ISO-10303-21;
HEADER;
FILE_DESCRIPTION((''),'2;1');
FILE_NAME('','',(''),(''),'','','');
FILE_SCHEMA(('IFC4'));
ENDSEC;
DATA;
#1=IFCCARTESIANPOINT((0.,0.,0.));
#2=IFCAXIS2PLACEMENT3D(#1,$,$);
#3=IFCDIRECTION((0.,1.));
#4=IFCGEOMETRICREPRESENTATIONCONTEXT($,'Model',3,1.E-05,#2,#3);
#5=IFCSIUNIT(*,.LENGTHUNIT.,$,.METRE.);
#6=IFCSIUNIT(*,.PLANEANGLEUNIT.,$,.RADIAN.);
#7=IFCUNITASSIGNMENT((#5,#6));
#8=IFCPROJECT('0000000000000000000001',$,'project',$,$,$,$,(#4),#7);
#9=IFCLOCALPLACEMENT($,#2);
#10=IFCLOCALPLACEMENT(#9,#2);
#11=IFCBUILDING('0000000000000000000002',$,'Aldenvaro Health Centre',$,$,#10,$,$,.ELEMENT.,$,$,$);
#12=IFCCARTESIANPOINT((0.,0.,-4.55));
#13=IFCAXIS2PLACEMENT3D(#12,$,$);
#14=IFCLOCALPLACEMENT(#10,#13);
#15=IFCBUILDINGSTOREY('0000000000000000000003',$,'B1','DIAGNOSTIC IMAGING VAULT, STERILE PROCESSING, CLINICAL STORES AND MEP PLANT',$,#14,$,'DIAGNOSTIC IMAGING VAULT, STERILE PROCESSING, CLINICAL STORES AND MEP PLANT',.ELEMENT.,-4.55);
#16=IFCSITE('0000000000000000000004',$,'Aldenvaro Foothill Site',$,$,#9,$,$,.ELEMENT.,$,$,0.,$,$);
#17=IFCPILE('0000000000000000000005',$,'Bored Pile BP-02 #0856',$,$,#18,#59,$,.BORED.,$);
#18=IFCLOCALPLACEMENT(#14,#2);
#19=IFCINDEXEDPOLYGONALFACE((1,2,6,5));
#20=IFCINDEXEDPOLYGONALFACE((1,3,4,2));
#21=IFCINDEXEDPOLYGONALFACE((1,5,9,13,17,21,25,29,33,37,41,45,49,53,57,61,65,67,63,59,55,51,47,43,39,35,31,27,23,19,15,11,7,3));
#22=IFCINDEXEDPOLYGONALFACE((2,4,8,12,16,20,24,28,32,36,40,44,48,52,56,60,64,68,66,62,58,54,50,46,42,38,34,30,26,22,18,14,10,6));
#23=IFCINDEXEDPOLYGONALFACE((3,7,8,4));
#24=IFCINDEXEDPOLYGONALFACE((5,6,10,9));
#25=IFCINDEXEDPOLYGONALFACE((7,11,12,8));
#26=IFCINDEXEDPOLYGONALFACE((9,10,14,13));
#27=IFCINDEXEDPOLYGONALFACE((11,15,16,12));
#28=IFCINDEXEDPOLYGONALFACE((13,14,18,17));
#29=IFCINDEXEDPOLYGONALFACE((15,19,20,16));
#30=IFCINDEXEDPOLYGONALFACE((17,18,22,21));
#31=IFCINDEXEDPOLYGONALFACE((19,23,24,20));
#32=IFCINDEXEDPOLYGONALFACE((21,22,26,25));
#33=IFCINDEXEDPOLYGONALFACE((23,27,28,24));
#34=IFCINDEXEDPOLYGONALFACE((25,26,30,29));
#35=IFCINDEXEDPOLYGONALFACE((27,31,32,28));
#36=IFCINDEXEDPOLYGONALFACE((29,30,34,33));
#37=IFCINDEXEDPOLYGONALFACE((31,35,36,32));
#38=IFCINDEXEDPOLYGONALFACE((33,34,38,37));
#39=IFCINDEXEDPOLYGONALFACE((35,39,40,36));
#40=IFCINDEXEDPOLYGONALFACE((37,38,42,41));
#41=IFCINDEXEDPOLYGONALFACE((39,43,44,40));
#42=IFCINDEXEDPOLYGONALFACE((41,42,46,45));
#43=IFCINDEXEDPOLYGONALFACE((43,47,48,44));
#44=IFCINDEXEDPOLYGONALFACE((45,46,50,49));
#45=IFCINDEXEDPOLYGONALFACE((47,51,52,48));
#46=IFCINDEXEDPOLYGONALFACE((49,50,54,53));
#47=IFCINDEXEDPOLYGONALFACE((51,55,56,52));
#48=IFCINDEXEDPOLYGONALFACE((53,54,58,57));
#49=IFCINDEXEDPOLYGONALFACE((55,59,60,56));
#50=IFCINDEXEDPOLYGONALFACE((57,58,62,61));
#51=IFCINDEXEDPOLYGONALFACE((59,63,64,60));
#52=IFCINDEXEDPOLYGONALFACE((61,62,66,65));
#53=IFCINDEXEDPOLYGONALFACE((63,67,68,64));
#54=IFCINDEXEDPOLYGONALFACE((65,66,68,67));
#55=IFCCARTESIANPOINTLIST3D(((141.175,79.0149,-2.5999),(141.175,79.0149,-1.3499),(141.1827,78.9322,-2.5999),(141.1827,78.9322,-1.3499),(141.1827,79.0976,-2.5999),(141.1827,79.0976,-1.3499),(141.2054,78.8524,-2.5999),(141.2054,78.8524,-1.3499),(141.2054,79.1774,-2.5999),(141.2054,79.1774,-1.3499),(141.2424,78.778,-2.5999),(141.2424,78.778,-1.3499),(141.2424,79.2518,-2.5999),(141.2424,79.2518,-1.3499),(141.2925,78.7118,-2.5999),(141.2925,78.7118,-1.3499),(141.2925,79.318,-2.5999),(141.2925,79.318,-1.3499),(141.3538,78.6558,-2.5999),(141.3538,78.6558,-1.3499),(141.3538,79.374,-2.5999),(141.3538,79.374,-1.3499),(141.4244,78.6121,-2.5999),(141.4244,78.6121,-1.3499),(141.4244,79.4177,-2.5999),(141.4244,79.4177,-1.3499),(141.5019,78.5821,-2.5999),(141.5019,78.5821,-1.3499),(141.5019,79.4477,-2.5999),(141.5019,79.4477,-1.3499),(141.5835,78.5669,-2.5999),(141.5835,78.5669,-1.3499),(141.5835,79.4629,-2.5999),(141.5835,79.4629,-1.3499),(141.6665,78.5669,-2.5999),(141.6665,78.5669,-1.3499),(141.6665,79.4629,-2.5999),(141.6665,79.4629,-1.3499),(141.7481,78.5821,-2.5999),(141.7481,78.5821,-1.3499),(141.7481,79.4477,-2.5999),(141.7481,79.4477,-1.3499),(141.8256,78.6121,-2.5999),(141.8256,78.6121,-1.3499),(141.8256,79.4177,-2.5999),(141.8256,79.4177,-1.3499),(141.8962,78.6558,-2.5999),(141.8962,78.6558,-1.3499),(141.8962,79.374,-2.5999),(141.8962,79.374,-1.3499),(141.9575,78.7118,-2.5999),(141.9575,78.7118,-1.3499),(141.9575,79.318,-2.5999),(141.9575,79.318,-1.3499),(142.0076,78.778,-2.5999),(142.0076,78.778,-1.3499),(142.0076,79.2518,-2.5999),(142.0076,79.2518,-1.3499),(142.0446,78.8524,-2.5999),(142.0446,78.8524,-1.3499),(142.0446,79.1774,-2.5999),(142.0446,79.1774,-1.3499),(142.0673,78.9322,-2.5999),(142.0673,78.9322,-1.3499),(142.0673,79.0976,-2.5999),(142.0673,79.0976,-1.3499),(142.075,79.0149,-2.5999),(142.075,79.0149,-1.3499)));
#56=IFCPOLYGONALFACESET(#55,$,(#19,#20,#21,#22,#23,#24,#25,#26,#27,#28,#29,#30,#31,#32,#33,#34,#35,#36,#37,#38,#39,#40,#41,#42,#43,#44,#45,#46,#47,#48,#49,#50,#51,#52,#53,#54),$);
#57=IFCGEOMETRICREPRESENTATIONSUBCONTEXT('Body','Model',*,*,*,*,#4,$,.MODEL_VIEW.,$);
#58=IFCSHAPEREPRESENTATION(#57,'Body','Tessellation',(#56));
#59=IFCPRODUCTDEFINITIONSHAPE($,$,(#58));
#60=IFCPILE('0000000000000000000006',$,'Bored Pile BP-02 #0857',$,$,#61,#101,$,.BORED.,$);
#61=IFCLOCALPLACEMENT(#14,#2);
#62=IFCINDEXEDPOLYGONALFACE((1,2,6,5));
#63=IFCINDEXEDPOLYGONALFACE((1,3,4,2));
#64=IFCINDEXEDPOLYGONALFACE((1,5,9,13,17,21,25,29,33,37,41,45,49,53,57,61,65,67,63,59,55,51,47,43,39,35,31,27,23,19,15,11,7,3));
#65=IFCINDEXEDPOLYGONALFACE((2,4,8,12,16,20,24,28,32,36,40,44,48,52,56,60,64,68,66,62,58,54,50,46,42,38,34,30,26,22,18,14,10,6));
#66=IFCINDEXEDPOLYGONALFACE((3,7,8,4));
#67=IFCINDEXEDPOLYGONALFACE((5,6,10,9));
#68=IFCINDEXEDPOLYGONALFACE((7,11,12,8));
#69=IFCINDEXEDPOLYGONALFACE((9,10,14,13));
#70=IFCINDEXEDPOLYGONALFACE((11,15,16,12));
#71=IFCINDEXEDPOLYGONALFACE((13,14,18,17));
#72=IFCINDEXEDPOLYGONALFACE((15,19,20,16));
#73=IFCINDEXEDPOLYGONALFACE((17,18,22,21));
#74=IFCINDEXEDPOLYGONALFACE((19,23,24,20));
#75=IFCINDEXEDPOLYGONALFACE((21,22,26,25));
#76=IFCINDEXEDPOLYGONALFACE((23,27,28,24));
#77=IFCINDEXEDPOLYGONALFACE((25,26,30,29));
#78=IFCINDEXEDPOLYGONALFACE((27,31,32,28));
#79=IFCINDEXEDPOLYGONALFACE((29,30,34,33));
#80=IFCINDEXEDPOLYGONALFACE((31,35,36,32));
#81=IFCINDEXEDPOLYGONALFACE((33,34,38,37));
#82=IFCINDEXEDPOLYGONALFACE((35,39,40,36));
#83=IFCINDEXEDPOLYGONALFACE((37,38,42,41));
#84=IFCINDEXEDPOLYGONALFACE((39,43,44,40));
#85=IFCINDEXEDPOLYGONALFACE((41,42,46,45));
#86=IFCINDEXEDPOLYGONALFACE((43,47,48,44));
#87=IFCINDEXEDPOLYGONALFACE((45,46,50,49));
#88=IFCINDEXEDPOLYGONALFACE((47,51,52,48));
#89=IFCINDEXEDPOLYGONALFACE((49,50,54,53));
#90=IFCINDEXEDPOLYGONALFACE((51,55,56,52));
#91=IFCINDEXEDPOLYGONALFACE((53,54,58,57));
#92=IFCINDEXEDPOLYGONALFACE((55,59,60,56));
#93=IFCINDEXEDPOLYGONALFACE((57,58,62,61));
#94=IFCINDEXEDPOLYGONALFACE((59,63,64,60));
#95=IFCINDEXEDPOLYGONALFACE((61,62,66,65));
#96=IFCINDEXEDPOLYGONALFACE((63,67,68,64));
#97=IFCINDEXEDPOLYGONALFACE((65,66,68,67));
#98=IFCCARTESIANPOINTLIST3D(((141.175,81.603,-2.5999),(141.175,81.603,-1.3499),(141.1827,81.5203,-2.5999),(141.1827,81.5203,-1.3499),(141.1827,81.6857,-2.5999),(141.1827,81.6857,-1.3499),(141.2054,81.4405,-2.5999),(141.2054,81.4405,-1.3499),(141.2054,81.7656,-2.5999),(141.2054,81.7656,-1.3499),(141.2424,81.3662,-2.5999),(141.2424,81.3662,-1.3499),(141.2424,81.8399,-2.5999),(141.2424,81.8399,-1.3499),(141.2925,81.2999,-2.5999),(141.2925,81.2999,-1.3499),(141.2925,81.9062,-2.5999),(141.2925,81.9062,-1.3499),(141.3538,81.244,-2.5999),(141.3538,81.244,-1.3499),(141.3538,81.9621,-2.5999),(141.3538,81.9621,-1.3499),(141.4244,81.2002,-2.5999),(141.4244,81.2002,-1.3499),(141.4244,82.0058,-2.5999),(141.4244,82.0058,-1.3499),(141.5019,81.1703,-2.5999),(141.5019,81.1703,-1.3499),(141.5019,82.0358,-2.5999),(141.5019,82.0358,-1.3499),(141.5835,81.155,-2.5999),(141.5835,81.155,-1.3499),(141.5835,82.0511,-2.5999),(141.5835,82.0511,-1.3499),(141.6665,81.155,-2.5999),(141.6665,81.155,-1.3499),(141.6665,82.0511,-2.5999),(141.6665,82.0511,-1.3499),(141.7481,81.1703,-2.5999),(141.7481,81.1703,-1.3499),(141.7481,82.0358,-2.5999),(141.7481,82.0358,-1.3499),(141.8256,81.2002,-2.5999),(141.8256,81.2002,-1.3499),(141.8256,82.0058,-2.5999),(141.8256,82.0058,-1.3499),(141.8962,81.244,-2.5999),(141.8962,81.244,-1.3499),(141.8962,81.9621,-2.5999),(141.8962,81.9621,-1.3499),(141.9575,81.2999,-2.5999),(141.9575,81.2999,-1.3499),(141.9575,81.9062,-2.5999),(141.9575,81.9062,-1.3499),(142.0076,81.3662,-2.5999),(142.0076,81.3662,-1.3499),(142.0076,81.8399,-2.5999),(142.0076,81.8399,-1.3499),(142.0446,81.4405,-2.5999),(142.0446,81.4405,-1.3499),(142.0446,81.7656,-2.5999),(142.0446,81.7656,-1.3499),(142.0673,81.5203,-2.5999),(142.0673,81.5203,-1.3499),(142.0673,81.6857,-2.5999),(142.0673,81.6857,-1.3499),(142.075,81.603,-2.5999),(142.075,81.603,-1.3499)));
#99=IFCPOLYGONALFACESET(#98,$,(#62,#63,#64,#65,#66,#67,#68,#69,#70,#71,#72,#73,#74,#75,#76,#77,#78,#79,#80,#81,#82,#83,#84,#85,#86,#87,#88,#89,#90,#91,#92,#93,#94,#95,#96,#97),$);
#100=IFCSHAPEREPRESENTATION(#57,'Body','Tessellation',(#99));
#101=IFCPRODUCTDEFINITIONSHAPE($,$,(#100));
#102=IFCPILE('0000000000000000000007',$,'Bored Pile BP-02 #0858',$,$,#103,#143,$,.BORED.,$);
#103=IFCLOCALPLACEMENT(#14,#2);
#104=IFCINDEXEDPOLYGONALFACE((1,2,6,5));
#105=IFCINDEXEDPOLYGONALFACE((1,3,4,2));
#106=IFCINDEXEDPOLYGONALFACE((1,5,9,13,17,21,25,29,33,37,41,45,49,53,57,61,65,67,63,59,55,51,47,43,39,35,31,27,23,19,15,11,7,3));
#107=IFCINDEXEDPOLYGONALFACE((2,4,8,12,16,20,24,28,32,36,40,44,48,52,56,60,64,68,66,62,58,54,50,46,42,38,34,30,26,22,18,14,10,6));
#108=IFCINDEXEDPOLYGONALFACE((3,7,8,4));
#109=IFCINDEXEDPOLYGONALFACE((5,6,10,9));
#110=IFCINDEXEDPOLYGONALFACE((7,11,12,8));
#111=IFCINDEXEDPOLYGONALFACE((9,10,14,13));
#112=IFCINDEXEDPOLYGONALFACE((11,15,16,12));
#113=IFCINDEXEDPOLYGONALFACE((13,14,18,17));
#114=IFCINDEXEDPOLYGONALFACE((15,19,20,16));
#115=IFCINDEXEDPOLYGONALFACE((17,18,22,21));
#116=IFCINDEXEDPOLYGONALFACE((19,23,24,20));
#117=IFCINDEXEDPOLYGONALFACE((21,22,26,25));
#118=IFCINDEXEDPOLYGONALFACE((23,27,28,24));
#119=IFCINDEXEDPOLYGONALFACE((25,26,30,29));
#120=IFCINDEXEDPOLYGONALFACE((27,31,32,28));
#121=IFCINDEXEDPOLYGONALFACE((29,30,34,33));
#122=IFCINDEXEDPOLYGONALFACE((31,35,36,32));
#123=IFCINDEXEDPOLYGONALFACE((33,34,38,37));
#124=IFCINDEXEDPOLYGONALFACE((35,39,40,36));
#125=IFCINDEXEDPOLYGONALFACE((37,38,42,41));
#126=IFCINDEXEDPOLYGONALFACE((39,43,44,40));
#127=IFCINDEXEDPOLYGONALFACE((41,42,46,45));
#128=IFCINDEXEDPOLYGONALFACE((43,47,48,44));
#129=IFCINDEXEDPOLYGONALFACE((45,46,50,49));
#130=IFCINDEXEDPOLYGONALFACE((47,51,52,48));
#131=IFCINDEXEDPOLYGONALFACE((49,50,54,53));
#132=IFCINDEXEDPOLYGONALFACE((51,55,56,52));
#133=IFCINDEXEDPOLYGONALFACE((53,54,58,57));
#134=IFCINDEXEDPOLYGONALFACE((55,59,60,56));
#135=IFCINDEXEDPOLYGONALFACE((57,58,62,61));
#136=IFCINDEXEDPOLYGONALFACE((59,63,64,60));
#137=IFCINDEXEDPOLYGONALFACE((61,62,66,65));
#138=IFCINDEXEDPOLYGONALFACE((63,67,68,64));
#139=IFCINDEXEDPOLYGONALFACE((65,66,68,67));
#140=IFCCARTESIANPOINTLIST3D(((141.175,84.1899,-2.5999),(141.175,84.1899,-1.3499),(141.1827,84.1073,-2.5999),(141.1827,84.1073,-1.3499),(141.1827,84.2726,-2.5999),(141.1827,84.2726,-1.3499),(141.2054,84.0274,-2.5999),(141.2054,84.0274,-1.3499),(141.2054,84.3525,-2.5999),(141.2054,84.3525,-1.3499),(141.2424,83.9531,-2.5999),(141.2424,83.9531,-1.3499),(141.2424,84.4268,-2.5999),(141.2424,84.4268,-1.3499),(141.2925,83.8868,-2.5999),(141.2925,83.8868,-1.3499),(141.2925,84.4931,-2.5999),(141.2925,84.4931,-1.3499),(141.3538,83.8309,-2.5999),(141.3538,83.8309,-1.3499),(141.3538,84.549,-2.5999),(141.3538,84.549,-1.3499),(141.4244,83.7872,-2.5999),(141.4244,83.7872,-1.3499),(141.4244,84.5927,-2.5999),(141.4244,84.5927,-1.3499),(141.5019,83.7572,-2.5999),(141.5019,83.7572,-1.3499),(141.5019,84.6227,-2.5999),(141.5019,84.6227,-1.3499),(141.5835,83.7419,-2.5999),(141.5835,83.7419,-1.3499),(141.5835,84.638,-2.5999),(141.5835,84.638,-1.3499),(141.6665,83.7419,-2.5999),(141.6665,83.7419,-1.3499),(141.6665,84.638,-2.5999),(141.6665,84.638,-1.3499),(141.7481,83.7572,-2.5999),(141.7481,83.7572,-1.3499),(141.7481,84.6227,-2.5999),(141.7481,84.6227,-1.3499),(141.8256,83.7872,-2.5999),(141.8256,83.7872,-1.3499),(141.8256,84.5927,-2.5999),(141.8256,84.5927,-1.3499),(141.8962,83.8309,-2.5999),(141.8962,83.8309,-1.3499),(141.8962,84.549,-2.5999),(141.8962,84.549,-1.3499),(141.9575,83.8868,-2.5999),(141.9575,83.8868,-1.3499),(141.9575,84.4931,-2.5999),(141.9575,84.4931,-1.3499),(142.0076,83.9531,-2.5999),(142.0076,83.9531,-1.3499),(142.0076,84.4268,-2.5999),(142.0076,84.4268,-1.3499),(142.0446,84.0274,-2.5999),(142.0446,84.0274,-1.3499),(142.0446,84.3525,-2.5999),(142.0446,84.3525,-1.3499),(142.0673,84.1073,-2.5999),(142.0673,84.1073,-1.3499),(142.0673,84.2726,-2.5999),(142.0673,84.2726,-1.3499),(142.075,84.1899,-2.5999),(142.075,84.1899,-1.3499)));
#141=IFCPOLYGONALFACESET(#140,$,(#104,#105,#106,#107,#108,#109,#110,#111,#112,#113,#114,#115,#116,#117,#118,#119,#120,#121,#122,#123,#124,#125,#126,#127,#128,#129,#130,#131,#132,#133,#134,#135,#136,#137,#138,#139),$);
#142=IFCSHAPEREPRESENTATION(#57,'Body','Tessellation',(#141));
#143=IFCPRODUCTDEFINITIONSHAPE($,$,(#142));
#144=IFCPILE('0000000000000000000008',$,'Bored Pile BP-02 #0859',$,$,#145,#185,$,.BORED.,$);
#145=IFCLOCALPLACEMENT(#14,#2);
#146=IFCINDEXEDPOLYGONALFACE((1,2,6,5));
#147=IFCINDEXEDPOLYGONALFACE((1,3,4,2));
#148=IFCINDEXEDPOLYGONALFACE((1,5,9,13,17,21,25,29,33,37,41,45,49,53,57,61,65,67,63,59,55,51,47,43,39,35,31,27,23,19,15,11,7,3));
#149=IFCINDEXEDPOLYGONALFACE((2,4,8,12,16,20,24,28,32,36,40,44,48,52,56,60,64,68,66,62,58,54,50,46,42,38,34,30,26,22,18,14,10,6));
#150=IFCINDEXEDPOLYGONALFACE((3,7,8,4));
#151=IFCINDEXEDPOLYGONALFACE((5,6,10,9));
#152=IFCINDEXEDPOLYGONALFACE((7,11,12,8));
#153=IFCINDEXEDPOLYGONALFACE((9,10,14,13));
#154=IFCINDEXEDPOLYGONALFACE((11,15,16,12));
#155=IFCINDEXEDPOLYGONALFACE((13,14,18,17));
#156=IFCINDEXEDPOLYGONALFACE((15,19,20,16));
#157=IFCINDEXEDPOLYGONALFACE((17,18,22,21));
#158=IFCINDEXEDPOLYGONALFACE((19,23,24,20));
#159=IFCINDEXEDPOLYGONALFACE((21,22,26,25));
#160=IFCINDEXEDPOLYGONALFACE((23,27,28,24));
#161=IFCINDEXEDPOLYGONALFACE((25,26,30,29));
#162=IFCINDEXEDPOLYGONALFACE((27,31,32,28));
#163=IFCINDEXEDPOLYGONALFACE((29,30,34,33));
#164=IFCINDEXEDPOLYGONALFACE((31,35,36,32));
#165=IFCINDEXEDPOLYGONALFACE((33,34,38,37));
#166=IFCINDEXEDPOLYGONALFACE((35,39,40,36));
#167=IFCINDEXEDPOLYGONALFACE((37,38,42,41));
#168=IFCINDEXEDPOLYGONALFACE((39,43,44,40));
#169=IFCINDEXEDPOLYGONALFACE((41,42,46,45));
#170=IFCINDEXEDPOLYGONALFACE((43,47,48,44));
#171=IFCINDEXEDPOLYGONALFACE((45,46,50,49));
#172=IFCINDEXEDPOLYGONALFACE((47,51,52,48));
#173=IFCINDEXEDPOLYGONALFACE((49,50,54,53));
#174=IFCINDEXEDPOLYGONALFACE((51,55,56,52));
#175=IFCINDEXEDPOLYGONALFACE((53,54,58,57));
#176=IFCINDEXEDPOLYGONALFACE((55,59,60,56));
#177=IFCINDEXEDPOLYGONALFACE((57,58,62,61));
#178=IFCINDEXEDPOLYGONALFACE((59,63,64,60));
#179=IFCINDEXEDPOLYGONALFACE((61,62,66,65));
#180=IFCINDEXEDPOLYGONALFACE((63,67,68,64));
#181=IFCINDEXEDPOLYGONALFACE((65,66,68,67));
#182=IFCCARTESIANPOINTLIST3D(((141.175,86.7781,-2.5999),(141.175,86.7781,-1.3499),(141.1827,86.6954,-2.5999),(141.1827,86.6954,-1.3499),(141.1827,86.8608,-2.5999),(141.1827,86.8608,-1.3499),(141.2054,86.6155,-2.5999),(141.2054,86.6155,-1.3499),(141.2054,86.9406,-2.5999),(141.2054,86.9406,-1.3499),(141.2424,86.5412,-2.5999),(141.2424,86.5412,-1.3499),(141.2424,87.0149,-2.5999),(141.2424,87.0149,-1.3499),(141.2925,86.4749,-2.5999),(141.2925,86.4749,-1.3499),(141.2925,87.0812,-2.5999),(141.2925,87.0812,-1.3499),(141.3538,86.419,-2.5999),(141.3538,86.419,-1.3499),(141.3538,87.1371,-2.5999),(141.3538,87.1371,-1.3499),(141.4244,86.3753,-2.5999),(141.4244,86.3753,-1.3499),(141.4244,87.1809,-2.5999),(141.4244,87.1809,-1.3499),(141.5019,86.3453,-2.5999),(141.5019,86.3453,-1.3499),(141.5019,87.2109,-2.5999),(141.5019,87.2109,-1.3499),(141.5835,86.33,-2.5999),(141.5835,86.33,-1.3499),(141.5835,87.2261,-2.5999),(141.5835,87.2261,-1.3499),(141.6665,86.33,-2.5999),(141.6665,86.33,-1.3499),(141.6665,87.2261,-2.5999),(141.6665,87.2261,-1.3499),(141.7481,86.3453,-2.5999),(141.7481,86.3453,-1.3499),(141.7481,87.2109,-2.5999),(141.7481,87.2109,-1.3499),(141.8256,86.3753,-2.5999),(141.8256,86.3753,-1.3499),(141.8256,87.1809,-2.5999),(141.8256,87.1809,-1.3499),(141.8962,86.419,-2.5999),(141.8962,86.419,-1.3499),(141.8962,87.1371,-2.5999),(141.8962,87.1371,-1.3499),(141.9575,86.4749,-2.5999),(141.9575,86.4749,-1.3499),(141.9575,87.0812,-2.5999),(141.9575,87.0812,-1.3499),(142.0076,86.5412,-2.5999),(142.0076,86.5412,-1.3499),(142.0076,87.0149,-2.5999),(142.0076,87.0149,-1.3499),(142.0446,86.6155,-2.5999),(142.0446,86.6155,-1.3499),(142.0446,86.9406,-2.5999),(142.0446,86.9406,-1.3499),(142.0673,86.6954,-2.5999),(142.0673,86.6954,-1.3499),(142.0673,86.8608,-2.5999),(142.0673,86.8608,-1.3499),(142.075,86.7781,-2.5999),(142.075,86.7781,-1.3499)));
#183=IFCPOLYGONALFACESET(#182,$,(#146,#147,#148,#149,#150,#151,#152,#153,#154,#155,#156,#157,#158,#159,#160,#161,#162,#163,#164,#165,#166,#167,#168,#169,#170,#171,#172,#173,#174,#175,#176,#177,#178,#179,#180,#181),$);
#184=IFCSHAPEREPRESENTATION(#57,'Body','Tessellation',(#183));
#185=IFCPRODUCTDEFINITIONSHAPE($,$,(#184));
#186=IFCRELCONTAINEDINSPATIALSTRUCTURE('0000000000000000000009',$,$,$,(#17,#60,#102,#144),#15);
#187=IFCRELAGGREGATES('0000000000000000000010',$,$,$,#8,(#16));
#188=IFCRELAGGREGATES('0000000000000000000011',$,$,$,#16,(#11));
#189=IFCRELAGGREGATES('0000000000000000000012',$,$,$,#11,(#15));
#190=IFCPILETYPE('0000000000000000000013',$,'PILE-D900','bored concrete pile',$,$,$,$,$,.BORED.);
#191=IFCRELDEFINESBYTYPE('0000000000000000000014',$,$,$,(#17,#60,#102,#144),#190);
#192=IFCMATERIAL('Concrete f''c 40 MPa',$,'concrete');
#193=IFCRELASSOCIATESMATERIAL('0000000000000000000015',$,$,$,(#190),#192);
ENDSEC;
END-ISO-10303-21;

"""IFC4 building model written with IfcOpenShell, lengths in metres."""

from ifc_helpers import new_model, si_unit, direction, frame, origin, origin_2d, place, context, subcontext, project, spatial, circle, extrude, material, material_profile, profile_set, type_object, element, save


model = new_model("IFC4")

# Units and contexts
model_context = context("Model", 3, precision=1e-05, world=origin(), true_north=direction((0.0, 1.0)))
body_context = subcontext(model_context, "Body", "Model", "MODEL_VIEW")
ifc_project = project(units=[si_unit("LENGTHUNIT", "METRE"), si_unit("PLANEANGLEUNIT", "RADIAN")], contexts=[model_context])

# Site, building, storey
site_placement = place(None, origin())
site = spatial("IfcSite", under=ifc_project, at=site_placement, Name="Aldenvaro Foothill Site", CompositionType="ELEMENT", RefElevation=0.0)
building_placement = place(site_placement, origin())
building = spatial("IfcBuilding", under=site, at=building_placement, Name="Aldenvaro Health Centre", CompositionType="ELEMENT")
storey_placement = place(building_placement, frame((0.0, 0.0, -4.55)))
storey = spatial("IfcBuildingStorey", under=building, at=storey_placement, Name="B1", Description="DIAGNOSTIC IMAGING VAULT, STERILE PROCESSING, CLINICAL STORES AND MEP PLANT", LongName="DIAGNOSTIC IMAGING VAULT, STERILE PROCESSING, CLINICAL STORES AND MEP PLANT", CompositionType="ELEMENT", Elevation=-4.55)

# Piles
ifc_material_1 = material(Name="Concrete f'c 40 MPa", Category="concrete")
ifc_material_profile_1 = material_profile(ifc_material_1, circle(Radius=0.45, at=origin_2d()), Name="PILE D900", Category="concrete")
ifc_profile_set_1 = profile_set([ifc_material_profile_1], Name="Concrete f'c 40 MPa")
pile_type = type_object("IfcPileType", Name="PILE-D900", Description="bored concrete pile", PredefinedType="BORED", material=ifc_profile_set_1)
for number, where, z_axis, x_axis, name in (
    (1, (141.625, 79.0149, -1.3499), (0.0, 0.0, -1.0), (1.0, 0.0, 0.0), "Bored Pile BP-02 #0856"),
    (2, (141.625, 81.603, -1.3499), (0.0, 0.0, -1.0), (1.0, 0.0, 0.0), "Bored Pile BP-02 #0857"),
    (3, (141.625, 84.1899, -1.3499), (0.0, 0.0, -1.0), (1.0, 0.0, 0.0), "Bored Pile BP-02 #0858"),
    (4, (141.625, 86.7781, -1.3499), (0.0, 0.0, -1.0), (1.0, 0.0, 0.0), "Bored Pile BP-02 #0859"),
):
    element("IfcPile", number, at=place(storey_placement, frame(where, z_axis=z_axis, x_axis=x_axis)), inside=storey, type_object=pile_type, Name=name, PredefinedType="BORED", context=body_context, shape_type="SweptSolid", body=[
        extrude(circle(Radius=0.45, at=origin_2d()), origin(), (0.0, 0.0, 1.0), 1.25),
    ])

save(model, "model.ifc")
